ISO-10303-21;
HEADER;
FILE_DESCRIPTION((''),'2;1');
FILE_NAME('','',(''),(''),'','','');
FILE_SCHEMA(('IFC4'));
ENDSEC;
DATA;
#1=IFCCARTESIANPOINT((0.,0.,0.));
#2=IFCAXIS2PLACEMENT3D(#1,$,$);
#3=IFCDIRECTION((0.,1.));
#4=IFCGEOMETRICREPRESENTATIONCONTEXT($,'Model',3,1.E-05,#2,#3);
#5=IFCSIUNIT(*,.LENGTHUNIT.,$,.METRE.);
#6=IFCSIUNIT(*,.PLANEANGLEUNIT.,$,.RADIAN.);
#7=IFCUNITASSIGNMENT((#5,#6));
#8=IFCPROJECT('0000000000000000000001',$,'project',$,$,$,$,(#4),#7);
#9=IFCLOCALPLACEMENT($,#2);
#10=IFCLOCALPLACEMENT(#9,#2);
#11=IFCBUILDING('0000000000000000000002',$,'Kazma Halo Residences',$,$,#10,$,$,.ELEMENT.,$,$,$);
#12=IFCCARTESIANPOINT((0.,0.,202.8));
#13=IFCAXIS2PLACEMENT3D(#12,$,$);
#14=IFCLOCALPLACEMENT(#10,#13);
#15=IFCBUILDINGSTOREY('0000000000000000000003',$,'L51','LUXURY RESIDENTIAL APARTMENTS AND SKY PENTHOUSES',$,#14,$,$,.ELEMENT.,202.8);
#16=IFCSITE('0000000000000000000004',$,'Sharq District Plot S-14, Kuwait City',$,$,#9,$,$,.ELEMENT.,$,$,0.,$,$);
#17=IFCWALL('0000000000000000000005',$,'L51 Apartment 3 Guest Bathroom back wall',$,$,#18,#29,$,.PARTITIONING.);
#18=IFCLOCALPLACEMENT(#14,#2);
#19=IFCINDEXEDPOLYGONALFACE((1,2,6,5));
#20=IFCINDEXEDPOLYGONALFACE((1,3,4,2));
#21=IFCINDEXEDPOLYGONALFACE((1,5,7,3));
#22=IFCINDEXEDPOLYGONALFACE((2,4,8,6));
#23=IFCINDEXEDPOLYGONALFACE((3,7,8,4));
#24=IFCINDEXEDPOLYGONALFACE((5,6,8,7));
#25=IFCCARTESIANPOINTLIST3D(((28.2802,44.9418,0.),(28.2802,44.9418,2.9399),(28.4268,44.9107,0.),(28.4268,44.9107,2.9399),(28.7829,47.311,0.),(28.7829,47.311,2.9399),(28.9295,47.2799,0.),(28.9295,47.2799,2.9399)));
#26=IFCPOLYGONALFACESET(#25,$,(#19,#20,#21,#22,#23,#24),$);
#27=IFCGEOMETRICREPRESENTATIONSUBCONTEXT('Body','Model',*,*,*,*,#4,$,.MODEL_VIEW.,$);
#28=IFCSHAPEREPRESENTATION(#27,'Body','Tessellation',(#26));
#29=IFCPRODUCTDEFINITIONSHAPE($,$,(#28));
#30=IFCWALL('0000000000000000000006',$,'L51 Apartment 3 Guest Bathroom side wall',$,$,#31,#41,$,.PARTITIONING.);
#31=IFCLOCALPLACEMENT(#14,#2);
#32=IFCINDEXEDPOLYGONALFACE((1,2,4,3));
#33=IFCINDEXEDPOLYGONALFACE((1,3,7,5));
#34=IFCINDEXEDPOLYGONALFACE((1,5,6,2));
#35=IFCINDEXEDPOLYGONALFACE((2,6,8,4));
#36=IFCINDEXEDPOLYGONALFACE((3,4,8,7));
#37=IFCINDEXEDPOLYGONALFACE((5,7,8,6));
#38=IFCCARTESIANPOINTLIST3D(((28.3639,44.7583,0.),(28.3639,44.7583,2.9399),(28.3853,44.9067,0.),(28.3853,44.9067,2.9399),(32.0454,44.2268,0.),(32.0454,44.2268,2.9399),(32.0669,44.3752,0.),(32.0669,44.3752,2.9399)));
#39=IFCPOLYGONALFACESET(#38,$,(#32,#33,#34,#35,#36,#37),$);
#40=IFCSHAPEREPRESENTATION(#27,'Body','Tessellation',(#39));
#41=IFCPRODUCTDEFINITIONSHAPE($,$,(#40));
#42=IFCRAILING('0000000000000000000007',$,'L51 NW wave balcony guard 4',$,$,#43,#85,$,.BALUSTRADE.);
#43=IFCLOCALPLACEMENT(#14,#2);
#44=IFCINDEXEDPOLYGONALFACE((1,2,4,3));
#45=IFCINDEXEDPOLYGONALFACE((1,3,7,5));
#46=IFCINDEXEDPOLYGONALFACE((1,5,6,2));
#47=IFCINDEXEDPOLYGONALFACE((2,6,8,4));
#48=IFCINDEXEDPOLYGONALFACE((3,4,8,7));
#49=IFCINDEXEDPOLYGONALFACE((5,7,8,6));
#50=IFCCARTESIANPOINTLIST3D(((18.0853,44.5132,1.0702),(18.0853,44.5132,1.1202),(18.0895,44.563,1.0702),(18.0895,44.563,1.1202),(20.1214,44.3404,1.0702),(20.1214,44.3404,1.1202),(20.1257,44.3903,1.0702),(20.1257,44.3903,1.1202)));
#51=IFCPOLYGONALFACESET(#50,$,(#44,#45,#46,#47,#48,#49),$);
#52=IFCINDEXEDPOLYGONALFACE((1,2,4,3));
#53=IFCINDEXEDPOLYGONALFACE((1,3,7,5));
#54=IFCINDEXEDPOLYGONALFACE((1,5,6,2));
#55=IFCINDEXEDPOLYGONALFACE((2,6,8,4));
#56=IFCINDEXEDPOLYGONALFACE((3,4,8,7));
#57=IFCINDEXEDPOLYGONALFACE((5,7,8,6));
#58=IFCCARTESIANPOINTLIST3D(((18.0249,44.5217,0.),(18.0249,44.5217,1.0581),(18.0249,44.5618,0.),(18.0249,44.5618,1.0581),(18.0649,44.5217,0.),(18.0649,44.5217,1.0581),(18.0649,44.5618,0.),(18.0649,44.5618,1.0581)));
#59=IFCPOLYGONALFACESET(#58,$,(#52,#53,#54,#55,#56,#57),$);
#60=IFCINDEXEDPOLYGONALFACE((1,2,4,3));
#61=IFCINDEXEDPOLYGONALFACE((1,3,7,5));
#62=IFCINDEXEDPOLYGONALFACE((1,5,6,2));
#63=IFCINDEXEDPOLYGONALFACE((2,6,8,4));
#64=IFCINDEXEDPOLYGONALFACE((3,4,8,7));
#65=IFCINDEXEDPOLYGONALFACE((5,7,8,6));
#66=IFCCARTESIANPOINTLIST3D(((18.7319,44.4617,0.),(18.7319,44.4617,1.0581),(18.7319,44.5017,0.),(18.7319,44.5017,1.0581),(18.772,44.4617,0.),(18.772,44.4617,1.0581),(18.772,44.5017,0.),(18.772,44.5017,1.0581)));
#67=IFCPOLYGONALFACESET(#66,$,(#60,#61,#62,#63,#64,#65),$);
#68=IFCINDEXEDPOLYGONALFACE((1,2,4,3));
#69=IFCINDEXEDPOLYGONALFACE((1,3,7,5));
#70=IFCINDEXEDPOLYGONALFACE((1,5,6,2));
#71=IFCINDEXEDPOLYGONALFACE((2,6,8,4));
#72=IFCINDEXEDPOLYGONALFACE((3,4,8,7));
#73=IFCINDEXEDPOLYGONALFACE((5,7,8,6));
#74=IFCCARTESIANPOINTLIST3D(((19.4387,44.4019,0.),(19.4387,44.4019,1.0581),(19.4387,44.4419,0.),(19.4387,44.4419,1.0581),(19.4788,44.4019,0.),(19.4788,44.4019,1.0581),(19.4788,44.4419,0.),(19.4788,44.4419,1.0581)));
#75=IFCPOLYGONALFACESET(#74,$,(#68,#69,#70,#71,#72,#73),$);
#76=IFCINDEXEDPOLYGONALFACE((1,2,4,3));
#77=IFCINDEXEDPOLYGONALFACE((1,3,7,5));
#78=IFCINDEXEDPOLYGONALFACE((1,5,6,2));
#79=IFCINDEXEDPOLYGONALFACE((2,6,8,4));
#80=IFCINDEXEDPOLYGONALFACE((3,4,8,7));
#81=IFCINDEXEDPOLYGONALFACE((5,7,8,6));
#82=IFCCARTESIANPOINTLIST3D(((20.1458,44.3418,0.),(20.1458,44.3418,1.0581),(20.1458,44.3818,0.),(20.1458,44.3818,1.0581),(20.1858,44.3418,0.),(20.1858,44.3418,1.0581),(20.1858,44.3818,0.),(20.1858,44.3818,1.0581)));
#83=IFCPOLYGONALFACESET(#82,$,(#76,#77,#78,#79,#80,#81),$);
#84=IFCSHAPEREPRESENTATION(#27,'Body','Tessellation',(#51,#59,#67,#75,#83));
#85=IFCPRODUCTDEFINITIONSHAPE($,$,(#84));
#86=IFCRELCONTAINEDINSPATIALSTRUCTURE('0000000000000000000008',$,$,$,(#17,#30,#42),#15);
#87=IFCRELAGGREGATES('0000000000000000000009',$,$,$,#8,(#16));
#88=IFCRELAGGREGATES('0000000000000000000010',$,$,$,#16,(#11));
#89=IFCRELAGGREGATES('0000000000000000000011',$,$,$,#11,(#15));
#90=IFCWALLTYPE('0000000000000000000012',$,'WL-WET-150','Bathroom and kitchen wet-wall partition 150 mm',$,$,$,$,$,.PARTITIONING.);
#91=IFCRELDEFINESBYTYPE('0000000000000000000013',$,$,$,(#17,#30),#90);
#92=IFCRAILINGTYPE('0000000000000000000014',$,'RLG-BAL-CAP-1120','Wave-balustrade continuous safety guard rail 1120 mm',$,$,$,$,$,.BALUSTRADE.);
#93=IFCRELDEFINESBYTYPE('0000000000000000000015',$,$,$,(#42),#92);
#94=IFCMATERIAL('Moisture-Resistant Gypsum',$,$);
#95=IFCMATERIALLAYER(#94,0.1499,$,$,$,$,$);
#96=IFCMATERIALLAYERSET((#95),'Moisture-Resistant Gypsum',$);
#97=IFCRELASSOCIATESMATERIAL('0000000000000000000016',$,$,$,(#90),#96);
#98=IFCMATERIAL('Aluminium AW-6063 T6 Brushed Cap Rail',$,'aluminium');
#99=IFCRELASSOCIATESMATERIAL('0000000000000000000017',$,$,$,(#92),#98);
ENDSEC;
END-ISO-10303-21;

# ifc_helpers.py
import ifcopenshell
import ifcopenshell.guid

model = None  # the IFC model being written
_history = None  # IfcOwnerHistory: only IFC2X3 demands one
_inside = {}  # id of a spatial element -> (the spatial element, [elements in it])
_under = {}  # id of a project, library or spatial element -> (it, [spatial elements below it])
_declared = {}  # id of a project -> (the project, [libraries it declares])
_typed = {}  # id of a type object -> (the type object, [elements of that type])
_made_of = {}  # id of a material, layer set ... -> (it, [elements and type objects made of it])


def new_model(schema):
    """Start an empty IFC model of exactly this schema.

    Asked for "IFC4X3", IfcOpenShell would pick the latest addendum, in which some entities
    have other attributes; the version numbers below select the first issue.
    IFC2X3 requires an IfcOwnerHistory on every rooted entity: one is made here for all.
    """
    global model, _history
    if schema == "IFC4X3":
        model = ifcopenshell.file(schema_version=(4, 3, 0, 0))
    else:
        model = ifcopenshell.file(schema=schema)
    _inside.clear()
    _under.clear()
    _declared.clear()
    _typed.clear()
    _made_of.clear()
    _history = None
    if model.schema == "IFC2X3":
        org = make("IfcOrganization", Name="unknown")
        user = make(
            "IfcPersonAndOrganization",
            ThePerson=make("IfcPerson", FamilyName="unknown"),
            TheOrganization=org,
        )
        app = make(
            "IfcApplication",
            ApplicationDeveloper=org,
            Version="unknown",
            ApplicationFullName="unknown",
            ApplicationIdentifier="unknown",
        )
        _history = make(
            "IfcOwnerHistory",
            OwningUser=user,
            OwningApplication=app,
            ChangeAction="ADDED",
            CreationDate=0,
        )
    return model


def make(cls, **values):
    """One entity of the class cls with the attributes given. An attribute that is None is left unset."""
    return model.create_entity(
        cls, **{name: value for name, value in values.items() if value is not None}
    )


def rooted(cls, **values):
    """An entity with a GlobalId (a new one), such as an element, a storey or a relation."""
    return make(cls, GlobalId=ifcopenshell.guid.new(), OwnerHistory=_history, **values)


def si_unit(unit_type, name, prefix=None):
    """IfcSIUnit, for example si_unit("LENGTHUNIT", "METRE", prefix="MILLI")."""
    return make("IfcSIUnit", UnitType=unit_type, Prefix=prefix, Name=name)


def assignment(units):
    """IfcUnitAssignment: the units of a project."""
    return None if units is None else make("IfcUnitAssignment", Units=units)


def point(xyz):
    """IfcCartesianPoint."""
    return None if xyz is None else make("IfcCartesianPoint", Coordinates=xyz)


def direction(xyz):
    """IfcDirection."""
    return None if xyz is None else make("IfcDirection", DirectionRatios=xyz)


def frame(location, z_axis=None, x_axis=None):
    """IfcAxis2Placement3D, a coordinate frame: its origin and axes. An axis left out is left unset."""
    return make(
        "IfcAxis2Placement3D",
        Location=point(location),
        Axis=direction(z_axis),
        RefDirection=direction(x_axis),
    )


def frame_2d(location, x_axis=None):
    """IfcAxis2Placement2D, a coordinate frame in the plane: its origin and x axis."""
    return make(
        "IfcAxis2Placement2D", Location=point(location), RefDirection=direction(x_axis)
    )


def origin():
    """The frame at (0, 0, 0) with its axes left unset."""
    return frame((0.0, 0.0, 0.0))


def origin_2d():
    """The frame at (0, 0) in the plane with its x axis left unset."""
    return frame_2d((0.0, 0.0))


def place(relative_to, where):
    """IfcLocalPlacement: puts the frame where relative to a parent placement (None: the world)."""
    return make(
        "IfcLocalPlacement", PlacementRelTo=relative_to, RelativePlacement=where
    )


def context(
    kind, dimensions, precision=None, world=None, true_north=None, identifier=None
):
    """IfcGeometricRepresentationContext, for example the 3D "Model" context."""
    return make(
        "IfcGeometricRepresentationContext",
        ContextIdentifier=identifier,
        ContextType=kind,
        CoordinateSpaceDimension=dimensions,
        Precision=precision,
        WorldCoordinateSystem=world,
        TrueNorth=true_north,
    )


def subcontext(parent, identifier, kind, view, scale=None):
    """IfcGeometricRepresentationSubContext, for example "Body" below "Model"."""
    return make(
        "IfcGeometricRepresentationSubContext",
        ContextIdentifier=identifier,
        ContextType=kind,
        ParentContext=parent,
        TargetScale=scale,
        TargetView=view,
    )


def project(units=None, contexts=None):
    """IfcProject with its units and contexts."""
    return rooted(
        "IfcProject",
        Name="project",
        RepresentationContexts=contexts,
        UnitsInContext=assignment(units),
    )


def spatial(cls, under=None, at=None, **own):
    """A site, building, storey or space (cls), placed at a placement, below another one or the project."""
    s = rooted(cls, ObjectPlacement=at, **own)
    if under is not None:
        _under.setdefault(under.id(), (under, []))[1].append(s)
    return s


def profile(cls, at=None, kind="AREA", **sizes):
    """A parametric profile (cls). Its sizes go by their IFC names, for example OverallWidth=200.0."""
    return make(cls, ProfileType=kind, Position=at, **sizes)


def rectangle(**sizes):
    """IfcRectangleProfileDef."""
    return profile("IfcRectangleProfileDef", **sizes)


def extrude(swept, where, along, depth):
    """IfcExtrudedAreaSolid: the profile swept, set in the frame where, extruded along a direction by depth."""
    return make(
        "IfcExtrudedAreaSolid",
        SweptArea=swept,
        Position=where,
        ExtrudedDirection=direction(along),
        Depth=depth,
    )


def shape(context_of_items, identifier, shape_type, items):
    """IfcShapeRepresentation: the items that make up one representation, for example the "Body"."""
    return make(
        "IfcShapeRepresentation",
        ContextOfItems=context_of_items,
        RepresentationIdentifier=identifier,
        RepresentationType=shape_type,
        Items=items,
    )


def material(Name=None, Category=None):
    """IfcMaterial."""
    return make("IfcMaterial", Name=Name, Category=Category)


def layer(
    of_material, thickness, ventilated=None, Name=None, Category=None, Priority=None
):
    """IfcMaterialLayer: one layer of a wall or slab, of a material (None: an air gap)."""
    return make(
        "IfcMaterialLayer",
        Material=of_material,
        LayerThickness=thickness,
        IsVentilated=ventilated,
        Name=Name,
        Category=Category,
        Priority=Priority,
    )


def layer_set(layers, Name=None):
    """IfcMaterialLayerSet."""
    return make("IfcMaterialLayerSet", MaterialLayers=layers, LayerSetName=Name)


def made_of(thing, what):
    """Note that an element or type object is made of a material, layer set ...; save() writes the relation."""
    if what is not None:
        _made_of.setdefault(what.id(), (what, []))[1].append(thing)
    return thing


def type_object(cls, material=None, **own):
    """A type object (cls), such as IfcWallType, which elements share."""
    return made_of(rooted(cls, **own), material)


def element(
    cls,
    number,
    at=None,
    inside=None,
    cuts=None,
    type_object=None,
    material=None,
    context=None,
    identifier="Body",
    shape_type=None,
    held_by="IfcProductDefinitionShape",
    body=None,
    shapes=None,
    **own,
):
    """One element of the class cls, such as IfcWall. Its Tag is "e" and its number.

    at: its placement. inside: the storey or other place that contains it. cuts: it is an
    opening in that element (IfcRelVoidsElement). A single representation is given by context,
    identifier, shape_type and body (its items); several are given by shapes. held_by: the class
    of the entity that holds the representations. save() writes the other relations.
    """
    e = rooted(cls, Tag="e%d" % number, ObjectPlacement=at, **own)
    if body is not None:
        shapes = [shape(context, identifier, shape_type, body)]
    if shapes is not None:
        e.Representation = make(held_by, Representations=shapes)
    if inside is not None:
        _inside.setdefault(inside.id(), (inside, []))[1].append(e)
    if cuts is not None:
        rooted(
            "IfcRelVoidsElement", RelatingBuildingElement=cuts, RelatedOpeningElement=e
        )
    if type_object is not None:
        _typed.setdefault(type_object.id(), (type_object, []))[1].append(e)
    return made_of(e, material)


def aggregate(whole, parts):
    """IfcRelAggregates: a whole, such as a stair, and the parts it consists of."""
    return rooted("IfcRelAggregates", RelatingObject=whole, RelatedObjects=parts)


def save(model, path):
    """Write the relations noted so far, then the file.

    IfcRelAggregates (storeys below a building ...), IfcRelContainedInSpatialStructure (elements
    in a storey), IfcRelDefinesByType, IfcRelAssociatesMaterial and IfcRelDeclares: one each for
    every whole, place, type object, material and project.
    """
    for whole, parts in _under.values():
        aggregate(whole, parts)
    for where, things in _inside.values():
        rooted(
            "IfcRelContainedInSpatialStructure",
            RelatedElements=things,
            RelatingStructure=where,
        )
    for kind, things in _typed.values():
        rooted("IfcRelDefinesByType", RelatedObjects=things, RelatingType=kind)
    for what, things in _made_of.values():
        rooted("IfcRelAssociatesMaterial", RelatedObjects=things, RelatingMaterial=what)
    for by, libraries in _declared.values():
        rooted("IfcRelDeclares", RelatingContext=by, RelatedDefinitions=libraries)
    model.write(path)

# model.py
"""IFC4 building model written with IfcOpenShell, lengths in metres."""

from ifc_helpers import new_model, si_unit, direction, frame, frame_2d, origin, origin_2d, place, context, subcontext, project, spatial, rectangle, extrude, material, layer, layer_set, type_object, element, save


model = new_model("IFC4")

# Units and contexts
model_context = context("Model", 3, precision=1e-05, world=origin(), true_north=direction((0.0, 1.0)))
body_context = subcontext(model_context, "Body", "Model", "MODEL_VIEW")
ifc_project = project(units=[si_unit("LENGTHUNIT", "METRE"), si_unit("PLANEANGLEUNIT", "RADIAN")], contexts=[model_context])

# Site, building, storey
site_placement = place(None, origin())
site = spatial("IfcSite", under=ifc_project, at=site_placement, Name="Sharq District Plot S-14, Kuwait City", CompositionType="ELEMENT", RefElevation=0.0)
building_placement = place(site_placement, origin())
building = spatial("IfcBuilding", under=site, at=building_placement, Name="Kazma Halo Residences", CompositionType="ELEMENT")
storey_placement = place(building_placement, frame((0.0, 0.0, 202.8)))
storey = spatial("IfcBuildingStorey", under=building, at=storey_placement, Name="L51", Description="LUXURY RESIDENTIAL APARTMENTS AND SKY PENTHOUSES", CompositionType="ELEMENT", Elevation=202.8)

# Shared definitions
ifc_material_1 = material(Name="Moisture-Resistant Gypsum")
ifc_layer_1 = layer(ifc_material_1, 0.1499)
ifc_layer_set_1 = layer_set([ifc_layer_1], Name="Moisture-Resistant Gypsum")
wall_type_1 = type_object("IfcWallType", Name="WL-WET-150", Description="Bathroom and kitchen wet-wall partition 150 mm", PredefinedType="PARTITIONING", material=ifc_layer_set_1)

# Walls
wall_1_placement = place(storey_placement, frame((28.8562, 47.2954, 0.0), z_axis=(0.0, 0.0, 1.0), x_axis=(-0.20756, -0.978222, 0.0)))
element("IfcWall", 1, at=wall_1_placement, inside=storey, type_object=wall_type_1, Name="L51 Apartment 3 Guest Bathroom back wall", PredefinedType="PARTITIONING", context=body_context, shape_type="SweptSolid", body=[
    extrude(rectangle(XDim=2.4219, YDim=0.1499, at=frame_2d((1.2109, 0.0))), origin(), (0.0, 0.0, 1.0), 2.9399),
])
wall_2_placement = place(storey_placement, frame((32.0562, 44.301, 0.0), z_axis=(0.0, 0.0, 1.0), x_axis=(-0.98974, 0.142882, 0.0)))
element("IfcWall", 2, at=wall_2_placement, inside=storey, type_object=wall_type_1, Name="L51 Apartment 3 Guest Bathroom side wall", PredefinedType="PARTITIONING", context=body_context, shape_type="SweptSolid", body=[
    extrude(rectangle(XDim=3.7197, YDim=0.1499, at=frame_2d((1.8599, 0.0))), origin(), (0.0, 0.0, 1.0), 2.9399),
])

# Railing
ifc_material_2 = material(Name="Aluminium AW-6063 T6 Brushed Cap Rail", Category="aluminium")
railing_type = type_object("IfcRailingType", Name="RLG-BAL-CAP-1120", Description="Wave-balustrade continuous safety guard rail 1120 mm", PredefinedType="BALUSTRADE", material=ifc_material_2)
railing_placement = place(storey_placement, frame((18.0449, 44.5417, 0.0)))
element("IfcRailing", 3, at=railing_placement, inside=storey, type_object=railing_type, Name="L51 NW wave balcony guard 4", PredefinedType="BALUSTRADE", context=body_context, shape_type="SweptSolid", body=[
    extrude(rectangle(XDim=0.05, YDim=0.05, at=origin_2d()), frame((0.0425, -0.0037, 1.0952), z_axis=(0.99642, -0.084536, 0.0), x_axis=(0.084536, 0.99642, 0.0)), (0.0, 0.0, 1.0), 2.0435),
    extrude(rectangle(XDim=0.04, YDim=0.04, at=origin_2d()), origin(), (0.0, 0.0, 1.0), 1.0581),
    extrude(rectangle(XDim=0.04, YDim=0.04, at=origin_2d()), frame((0.707, -0.0601, 0.0)), (0.0, 0.0, 1.0), 1.0581),
    extrude(rectangle(XDim=0.04, YDim=0.04, at=origin_2d()), frame((1.4138, -0.1199, 0.0)), (0.0, 0.0, 1.0), 1.0581),
    extrude(rectangle(XDim=0.04, YDim=0.04, at=origin_2d()), frame((2.1208, -0.1799, 0.0)), (0.0, 0.0, 1.0), 1.0581),
])

save(model, "model.ifc")
